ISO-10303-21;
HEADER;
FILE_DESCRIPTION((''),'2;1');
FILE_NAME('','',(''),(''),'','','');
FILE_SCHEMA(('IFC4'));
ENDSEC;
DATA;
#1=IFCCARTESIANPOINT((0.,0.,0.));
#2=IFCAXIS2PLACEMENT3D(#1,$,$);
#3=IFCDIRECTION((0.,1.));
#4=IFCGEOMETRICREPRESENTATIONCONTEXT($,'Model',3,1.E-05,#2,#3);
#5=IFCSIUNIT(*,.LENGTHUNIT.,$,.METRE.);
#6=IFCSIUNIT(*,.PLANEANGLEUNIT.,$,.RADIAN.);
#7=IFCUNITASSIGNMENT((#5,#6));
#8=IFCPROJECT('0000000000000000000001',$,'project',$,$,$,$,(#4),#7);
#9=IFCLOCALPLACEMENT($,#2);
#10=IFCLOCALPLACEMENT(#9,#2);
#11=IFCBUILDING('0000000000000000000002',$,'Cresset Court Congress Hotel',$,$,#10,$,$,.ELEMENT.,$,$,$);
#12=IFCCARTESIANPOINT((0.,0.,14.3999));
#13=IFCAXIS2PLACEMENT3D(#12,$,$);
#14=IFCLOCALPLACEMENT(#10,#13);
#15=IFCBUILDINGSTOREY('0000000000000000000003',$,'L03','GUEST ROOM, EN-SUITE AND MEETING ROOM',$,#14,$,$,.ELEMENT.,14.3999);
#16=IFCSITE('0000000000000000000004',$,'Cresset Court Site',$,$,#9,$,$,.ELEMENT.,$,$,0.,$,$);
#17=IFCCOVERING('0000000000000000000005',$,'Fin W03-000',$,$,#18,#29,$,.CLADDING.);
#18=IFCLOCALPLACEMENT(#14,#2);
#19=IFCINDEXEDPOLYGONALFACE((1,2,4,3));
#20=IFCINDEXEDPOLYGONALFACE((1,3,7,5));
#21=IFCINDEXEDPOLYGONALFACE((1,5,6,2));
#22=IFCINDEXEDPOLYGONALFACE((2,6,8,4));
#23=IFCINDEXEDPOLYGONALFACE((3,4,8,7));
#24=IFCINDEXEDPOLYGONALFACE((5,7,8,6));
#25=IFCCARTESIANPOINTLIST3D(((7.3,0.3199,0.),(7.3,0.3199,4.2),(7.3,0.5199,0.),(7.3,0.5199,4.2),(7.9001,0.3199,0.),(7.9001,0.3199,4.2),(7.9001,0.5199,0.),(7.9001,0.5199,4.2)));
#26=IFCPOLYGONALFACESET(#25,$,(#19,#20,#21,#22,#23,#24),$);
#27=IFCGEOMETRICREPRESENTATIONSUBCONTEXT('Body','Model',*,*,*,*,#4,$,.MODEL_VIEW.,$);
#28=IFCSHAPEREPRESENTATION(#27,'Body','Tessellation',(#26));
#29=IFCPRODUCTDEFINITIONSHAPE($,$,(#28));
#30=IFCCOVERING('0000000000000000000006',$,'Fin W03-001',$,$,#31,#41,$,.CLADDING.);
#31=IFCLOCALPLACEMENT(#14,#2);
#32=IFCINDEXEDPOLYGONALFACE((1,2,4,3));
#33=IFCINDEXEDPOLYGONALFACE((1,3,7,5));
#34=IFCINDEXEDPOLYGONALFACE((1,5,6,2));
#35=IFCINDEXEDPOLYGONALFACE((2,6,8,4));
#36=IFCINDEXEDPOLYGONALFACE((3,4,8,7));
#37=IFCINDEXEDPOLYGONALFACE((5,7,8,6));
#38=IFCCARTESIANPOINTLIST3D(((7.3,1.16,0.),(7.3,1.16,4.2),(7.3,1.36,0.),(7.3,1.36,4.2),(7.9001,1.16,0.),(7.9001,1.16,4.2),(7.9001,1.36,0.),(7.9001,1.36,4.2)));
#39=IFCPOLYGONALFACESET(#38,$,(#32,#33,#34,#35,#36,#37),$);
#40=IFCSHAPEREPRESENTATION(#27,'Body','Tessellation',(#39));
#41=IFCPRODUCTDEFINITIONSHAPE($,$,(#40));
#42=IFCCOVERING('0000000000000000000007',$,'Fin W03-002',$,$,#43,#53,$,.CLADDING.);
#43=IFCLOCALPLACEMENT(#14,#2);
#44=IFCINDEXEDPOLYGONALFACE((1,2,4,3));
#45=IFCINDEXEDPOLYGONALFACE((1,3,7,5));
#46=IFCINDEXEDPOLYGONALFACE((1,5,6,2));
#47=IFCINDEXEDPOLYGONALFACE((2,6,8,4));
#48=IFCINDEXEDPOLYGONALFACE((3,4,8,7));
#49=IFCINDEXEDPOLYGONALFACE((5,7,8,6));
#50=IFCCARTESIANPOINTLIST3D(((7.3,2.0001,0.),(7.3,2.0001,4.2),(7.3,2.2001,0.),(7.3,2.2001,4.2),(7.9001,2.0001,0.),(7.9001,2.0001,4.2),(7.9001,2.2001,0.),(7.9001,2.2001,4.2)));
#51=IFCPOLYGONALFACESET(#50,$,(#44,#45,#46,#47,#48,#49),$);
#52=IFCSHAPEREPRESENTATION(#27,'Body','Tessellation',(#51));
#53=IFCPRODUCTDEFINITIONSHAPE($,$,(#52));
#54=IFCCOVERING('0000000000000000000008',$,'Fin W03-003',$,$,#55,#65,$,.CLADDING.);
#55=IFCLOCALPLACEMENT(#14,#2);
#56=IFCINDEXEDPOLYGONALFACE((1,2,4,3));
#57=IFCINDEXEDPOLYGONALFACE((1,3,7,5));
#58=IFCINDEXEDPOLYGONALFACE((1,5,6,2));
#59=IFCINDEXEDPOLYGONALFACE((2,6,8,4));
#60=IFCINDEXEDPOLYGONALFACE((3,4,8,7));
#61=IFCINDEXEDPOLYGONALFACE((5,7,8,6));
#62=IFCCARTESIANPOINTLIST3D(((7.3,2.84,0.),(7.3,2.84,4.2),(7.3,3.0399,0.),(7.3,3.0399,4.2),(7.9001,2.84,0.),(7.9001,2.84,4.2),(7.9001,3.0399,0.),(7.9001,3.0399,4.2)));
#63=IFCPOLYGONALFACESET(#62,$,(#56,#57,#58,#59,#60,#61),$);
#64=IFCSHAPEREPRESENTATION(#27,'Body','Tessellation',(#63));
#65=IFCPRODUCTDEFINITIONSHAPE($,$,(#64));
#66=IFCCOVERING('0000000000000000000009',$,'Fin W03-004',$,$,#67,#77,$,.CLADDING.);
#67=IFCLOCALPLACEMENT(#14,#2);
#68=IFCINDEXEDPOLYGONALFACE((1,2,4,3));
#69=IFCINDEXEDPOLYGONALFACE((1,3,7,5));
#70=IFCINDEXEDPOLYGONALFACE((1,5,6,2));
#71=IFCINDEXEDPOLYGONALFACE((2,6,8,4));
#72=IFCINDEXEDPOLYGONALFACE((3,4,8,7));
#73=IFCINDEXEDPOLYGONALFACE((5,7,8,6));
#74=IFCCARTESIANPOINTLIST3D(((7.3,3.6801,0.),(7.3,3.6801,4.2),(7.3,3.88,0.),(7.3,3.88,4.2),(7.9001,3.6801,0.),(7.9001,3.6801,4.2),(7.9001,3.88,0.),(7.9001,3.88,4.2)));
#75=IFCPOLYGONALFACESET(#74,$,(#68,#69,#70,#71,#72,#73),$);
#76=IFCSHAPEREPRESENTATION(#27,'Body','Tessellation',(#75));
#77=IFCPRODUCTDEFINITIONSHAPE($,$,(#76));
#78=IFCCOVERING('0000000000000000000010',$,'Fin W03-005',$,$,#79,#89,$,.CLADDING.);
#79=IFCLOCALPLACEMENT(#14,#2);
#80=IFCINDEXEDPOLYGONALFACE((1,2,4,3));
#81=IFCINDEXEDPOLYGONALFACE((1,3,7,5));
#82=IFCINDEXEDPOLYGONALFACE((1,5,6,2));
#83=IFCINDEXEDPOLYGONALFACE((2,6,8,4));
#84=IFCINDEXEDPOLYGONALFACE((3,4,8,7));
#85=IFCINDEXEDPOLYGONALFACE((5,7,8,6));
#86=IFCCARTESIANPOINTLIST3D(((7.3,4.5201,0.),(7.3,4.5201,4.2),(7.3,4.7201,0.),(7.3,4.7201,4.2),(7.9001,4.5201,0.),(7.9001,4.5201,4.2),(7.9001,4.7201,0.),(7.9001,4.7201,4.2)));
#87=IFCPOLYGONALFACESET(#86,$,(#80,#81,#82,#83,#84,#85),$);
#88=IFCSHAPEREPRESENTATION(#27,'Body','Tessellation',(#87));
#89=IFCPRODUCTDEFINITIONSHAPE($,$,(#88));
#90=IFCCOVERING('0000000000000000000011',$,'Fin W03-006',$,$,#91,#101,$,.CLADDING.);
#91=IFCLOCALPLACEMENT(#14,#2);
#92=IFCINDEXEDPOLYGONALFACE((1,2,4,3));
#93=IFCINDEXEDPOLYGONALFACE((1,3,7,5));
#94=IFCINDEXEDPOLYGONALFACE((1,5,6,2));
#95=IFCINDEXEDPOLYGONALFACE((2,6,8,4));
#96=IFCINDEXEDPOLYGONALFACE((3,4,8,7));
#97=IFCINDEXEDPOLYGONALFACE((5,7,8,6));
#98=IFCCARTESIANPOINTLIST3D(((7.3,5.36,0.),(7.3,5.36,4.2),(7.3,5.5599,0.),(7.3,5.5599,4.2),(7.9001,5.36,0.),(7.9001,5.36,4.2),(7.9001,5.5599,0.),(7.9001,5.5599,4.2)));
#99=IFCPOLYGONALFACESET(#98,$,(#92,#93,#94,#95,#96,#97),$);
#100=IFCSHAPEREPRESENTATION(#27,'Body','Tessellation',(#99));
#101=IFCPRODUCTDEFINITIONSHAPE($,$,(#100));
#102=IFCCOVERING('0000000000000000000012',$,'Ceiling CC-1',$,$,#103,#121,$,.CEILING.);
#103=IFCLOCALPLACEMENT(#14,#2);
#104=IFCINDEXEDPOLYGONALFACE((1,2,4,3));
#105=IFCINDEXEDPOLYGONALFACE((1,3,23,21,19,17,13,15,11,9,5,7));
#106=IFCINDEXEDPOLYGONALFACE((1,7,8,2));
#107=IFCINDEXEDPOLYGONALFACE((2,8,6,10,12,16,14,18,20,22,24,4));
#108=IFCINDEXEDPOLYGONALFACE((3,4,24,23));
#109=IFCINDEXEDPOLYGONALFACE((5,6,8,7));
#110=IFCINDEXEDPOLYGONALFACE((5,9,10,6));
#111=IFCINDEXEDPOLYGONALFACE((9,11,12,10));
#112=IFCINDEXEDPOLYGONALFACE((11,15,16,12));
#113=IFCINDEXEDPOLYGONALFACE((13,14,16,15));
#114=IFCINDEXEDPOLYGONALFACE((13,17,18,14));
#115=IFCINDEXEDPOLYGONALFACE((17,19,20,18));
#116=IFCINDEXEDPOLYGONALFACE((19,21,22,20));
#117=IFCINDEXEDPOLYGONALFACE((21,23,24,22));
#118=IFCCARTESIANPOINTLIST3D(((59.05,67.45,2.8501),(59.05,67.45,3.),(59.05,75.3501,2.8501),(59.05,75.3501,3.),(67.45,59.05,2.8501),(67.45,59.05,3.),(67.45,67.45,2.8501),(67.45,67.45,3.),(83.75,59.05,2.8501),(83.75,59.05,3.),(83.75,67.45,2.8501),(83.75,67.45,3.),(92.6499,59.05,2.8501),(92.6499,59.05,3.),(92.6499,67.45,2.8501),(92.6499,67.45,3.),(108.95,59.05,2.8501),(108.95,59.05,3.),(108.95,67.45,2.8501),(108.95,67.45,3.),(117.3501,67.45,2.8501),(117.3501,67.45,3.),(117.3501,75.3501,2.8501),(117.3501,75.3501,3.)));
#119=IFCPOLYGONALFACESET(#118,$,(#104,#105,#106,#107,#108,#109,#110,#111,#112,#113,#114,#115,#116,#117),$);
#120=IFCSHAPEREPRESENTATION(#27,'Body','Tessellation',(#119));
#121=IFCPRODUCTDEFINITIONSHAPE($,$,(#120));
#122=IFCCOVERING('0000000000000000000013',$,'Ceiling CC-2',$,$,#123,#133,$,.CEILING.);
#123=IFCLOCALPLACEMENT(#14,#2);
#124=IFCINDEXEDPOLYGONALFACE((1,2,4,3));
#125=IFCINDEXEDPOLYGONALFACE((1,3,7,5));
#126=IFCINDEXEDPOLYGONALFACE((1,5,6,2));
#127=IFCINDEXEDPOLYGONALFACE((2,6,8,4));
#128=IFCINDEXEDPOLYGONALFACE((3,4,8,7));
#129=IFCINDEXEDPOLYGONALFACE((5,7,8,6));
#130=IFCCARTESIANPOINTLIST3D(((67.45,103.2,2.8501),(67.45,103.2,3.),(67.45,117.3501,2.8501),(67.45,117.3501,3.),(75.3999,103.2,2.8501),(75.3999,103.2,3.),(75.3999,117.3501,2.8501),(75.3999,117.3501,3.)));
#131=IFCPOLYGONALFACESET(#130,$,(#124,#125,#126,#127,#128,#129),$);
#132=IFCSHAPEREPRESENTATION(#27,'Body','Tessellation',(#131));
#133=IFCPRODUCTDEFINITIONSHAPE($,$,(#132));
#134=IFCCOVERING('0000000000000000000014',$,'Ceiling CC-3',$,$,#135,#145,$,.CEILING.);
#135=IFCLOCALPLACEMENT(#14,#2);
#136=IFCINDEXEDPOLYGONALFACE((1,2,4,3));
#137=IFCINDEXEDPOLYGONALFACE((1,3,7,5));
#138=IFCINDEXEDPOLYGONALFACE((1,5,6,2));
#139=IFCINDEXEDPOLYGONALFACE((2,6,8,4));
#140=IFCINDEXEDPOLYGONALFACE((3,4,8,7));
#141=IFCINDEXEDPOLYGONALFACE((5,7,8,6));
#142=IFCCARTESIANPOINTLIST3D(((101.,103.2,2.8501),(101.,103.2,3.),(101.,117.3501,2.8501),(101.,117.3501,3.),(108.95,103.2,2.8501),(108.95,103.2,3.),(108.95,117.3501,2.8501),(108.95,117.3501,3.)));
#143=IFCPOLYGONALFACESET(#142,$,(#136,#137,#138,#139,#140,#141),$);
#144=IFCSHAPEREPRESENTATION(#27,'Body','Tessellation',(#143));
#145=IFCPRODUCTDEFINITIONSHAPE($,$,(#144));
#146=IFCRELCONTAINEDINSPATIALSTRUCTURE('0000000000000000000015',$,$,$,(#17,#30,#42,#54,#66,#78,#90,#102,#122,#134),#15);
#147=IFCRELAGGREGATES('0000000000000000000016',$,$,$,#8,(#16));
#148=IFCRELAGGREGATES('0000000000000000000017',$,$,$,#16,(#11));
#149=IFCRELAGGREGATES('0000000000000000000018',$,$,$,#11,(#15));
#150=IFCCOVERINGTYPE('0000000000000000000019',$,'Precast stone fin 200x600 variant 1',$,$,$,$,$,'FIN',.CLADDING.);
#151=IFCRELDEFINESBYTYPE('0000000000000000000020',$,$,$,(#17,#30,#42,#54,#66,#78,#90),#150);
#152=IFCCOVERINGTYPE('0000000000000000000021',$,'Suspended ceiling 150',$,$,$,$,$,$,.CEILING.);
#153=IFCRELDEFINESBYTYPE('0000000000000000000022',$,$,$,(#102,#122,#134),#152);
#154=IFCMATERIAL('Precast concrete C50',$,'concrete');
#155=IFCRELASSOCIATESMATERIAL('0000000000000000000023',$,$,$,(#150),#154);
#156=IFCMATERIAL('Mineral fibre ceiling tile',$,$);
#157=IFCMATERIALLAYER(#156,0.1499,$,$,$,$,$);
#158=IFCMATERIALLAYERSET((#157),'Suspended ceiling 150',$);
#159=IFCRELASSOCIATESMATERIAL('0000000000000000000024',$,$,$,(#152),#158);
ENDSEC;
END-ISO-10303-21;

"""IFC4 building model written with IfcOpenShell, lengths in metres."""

from ifc_helpers import new_model, si_unit, direction, frame, origin, origin_2d, place, context, subcontext, project, spatial, polyline, rectangle, outline, extrude, material, layer, layer_set, type_object, element, save


model = new_model("IFC4")

# Units and contexts
model_context = context("Model", 3, precision=1e-05, world=origin(), true_north=direction((0.0, 1.0)))
body_context = subcontext(model_context, "Body", "Model", "MODEL_VIEW")
ifc_project = project(units=[si_unit("LENGTHUNIT", "METRE"), si_unit("PLANEANGLEUNIT", "RADIAN")], contexts=[model_context])

# Site, building, storey
site_placement = place(None, origin())
site = spatial("IfcSite", under=ifc_project, at=site_placement, Name="Cresset Court Site", CompositionType="ELEMENT", RefElevation=0.0)
building_placement = place(site_placement, origin())
building = spatial("IfcBuilding", under=site, at=building_placement, Name="Cresset Court Congress Hotel", CompositionType="ELEMENT")
storey_placement = place(building_placement, frame((0.0, 0.0, 14.3999)))
storey = spatial("IfcBuildingStorey", under=building, at=storey_placement, Name="L03", Description="GUEST ROOM, EN-SUITE AND MEETING ROOM", CompositionType="ELEMENT", Elevation=14.3999)

# Coverings
ifc_material_1 = material(Name="Precast concrete C50", Category="concrete")
covering_type_1 = type_object("IfcCoveringType", Name="Precast stone fin 200x600 variant 1", ElementType="FIN", PredefinedType="CLADDING", material=ifc_material_1)
for number, where, z_axis, x_axis, name in (
    (1, (7.6001, 0.4199, 0.0), (0.0, 0.0, 1.0), (1.0, 0.0, 0.0), "Fin W03-000"),
    (2, (7.6001, 1.26, 0.0), (0.0, 0.0, 1.0), (1.0, 0.0, 0.0), "Fin W03-001"),
    (3, (7.6001, 2.1001, 0.0), (0.0, 0.0, 1.0), (1.0, 0.0, 0.0), "Fin W03-002"),
    (4, (7.6001, 2.9399, 0.0), (0.0, 0.0, 1.0), (1.0, 0.0, 0.0), "Fin W03-003"),
    (5, (7.6001, 3.78, 0.0), (0.0, 0.0, 1.0), (1.0, 0.0, 0.0), "Fin W03-004"),
    (6, (7.6001, 4.6201, 0.0), (0.0, 0.0, 1.0), (1.0, 0.0, 0.0), "Fin W03-005"),
    (7, (7.6001, 5.46, 0.0), (0.0, 0.0, 1.0), (1.0, 0.0, 0.0), "Fin W03-006"),
):
    element("IfcCovering", number, at=place(storey_placement, frame(where, z_axis=z_axis, x_axis=x_axis)), inside=storey, type_object=covering_type_1, Name=name, PredefinedType="CLADDING", context=body_context, shape_type="SweptSolid", body=[
        extrude(rectangle(XDim=0.6001, YDim=0.2, at=origin_2d()), origin(), (0.0, 0.0, 1.0), 4.2),
    ])
ifc_material_2 = material(Name="Mineral fibre ceiling tile")
ifc_layer_1 = layer(ifc_material_2, 0.1499)
ifc_layer_set_1 = layer_set([ifc_layer_1], Name="Suspended ceiling 150")
covering_type_2 = type_object("IfcCoveringType", Name="Suspended ceiling 150", PredefinedType="CEILING", material=ifc_layer_set_1)
covering_1_placement = place(storey_placement, frame((0.0, 0.0, 2.8501)))
element("IfcCovering", 8, at=covering_1_placement, inside=storey, type_object=covering_type_2, Name="Ceiling CC-1", PredefinedType="CEILING", context=body_context, shape_type="SweptSolid", body=[
    extrude(outline(polyline([(108.95, 59.05), (92.6499, 59.05), (92.6499, 67.45), (83.75, 67.45), (83.75, 59.05), (67.45, 59.05), (67.45, 67.45), (59.05, 67.45), (59.05, 75.3501), (117.3501, 75.3501), (117.3501, 67.45), (108.95, 67.45), (108.95, 59.05)])), origin(), (0.0, 0.0, 1.0), 0.1499),
])
covering_2_placement = place(storey_placement, frame((0.0, 0.0, 2.8501)))
element("IfcCovering", 9, at=covering_2_placement, inside=storey, type_object=covering_type_2, Name="Ceiling CC-2", PredefinedType="CEILING", context=body_context, shape_type="SweptSolid", body=[
    extrude(outline(polyline([(75.3999, 103.2), (75.3999, 117.3501), (67.45, 117.3501), (67.45, 103.2), (75.3999, 103.2)])), origin(), (0.0, 0.0, 1.0), 0.1499),
])
covering_3_placement = place(storey_placement, frame((0.0, 0.0, 2.8501)))
element("IfcCovering", 10, at=covering_3_placement, inside=storey, type_object=covering_type_2, Name="Ceiling CC-3", PredefinedType="CEILING", context=body_context, shape_type="SweptSolid", body=[
    extrude(outline(polyline([(108.95, 103.2), (108.95, 117.3501), (101.0, 117.3501), (101.0, 103.2), (108.95, 103.2)])), origin(), (0.0, 0.0, 1.0), 0.1499),
])

save(model, "model.ifc")
